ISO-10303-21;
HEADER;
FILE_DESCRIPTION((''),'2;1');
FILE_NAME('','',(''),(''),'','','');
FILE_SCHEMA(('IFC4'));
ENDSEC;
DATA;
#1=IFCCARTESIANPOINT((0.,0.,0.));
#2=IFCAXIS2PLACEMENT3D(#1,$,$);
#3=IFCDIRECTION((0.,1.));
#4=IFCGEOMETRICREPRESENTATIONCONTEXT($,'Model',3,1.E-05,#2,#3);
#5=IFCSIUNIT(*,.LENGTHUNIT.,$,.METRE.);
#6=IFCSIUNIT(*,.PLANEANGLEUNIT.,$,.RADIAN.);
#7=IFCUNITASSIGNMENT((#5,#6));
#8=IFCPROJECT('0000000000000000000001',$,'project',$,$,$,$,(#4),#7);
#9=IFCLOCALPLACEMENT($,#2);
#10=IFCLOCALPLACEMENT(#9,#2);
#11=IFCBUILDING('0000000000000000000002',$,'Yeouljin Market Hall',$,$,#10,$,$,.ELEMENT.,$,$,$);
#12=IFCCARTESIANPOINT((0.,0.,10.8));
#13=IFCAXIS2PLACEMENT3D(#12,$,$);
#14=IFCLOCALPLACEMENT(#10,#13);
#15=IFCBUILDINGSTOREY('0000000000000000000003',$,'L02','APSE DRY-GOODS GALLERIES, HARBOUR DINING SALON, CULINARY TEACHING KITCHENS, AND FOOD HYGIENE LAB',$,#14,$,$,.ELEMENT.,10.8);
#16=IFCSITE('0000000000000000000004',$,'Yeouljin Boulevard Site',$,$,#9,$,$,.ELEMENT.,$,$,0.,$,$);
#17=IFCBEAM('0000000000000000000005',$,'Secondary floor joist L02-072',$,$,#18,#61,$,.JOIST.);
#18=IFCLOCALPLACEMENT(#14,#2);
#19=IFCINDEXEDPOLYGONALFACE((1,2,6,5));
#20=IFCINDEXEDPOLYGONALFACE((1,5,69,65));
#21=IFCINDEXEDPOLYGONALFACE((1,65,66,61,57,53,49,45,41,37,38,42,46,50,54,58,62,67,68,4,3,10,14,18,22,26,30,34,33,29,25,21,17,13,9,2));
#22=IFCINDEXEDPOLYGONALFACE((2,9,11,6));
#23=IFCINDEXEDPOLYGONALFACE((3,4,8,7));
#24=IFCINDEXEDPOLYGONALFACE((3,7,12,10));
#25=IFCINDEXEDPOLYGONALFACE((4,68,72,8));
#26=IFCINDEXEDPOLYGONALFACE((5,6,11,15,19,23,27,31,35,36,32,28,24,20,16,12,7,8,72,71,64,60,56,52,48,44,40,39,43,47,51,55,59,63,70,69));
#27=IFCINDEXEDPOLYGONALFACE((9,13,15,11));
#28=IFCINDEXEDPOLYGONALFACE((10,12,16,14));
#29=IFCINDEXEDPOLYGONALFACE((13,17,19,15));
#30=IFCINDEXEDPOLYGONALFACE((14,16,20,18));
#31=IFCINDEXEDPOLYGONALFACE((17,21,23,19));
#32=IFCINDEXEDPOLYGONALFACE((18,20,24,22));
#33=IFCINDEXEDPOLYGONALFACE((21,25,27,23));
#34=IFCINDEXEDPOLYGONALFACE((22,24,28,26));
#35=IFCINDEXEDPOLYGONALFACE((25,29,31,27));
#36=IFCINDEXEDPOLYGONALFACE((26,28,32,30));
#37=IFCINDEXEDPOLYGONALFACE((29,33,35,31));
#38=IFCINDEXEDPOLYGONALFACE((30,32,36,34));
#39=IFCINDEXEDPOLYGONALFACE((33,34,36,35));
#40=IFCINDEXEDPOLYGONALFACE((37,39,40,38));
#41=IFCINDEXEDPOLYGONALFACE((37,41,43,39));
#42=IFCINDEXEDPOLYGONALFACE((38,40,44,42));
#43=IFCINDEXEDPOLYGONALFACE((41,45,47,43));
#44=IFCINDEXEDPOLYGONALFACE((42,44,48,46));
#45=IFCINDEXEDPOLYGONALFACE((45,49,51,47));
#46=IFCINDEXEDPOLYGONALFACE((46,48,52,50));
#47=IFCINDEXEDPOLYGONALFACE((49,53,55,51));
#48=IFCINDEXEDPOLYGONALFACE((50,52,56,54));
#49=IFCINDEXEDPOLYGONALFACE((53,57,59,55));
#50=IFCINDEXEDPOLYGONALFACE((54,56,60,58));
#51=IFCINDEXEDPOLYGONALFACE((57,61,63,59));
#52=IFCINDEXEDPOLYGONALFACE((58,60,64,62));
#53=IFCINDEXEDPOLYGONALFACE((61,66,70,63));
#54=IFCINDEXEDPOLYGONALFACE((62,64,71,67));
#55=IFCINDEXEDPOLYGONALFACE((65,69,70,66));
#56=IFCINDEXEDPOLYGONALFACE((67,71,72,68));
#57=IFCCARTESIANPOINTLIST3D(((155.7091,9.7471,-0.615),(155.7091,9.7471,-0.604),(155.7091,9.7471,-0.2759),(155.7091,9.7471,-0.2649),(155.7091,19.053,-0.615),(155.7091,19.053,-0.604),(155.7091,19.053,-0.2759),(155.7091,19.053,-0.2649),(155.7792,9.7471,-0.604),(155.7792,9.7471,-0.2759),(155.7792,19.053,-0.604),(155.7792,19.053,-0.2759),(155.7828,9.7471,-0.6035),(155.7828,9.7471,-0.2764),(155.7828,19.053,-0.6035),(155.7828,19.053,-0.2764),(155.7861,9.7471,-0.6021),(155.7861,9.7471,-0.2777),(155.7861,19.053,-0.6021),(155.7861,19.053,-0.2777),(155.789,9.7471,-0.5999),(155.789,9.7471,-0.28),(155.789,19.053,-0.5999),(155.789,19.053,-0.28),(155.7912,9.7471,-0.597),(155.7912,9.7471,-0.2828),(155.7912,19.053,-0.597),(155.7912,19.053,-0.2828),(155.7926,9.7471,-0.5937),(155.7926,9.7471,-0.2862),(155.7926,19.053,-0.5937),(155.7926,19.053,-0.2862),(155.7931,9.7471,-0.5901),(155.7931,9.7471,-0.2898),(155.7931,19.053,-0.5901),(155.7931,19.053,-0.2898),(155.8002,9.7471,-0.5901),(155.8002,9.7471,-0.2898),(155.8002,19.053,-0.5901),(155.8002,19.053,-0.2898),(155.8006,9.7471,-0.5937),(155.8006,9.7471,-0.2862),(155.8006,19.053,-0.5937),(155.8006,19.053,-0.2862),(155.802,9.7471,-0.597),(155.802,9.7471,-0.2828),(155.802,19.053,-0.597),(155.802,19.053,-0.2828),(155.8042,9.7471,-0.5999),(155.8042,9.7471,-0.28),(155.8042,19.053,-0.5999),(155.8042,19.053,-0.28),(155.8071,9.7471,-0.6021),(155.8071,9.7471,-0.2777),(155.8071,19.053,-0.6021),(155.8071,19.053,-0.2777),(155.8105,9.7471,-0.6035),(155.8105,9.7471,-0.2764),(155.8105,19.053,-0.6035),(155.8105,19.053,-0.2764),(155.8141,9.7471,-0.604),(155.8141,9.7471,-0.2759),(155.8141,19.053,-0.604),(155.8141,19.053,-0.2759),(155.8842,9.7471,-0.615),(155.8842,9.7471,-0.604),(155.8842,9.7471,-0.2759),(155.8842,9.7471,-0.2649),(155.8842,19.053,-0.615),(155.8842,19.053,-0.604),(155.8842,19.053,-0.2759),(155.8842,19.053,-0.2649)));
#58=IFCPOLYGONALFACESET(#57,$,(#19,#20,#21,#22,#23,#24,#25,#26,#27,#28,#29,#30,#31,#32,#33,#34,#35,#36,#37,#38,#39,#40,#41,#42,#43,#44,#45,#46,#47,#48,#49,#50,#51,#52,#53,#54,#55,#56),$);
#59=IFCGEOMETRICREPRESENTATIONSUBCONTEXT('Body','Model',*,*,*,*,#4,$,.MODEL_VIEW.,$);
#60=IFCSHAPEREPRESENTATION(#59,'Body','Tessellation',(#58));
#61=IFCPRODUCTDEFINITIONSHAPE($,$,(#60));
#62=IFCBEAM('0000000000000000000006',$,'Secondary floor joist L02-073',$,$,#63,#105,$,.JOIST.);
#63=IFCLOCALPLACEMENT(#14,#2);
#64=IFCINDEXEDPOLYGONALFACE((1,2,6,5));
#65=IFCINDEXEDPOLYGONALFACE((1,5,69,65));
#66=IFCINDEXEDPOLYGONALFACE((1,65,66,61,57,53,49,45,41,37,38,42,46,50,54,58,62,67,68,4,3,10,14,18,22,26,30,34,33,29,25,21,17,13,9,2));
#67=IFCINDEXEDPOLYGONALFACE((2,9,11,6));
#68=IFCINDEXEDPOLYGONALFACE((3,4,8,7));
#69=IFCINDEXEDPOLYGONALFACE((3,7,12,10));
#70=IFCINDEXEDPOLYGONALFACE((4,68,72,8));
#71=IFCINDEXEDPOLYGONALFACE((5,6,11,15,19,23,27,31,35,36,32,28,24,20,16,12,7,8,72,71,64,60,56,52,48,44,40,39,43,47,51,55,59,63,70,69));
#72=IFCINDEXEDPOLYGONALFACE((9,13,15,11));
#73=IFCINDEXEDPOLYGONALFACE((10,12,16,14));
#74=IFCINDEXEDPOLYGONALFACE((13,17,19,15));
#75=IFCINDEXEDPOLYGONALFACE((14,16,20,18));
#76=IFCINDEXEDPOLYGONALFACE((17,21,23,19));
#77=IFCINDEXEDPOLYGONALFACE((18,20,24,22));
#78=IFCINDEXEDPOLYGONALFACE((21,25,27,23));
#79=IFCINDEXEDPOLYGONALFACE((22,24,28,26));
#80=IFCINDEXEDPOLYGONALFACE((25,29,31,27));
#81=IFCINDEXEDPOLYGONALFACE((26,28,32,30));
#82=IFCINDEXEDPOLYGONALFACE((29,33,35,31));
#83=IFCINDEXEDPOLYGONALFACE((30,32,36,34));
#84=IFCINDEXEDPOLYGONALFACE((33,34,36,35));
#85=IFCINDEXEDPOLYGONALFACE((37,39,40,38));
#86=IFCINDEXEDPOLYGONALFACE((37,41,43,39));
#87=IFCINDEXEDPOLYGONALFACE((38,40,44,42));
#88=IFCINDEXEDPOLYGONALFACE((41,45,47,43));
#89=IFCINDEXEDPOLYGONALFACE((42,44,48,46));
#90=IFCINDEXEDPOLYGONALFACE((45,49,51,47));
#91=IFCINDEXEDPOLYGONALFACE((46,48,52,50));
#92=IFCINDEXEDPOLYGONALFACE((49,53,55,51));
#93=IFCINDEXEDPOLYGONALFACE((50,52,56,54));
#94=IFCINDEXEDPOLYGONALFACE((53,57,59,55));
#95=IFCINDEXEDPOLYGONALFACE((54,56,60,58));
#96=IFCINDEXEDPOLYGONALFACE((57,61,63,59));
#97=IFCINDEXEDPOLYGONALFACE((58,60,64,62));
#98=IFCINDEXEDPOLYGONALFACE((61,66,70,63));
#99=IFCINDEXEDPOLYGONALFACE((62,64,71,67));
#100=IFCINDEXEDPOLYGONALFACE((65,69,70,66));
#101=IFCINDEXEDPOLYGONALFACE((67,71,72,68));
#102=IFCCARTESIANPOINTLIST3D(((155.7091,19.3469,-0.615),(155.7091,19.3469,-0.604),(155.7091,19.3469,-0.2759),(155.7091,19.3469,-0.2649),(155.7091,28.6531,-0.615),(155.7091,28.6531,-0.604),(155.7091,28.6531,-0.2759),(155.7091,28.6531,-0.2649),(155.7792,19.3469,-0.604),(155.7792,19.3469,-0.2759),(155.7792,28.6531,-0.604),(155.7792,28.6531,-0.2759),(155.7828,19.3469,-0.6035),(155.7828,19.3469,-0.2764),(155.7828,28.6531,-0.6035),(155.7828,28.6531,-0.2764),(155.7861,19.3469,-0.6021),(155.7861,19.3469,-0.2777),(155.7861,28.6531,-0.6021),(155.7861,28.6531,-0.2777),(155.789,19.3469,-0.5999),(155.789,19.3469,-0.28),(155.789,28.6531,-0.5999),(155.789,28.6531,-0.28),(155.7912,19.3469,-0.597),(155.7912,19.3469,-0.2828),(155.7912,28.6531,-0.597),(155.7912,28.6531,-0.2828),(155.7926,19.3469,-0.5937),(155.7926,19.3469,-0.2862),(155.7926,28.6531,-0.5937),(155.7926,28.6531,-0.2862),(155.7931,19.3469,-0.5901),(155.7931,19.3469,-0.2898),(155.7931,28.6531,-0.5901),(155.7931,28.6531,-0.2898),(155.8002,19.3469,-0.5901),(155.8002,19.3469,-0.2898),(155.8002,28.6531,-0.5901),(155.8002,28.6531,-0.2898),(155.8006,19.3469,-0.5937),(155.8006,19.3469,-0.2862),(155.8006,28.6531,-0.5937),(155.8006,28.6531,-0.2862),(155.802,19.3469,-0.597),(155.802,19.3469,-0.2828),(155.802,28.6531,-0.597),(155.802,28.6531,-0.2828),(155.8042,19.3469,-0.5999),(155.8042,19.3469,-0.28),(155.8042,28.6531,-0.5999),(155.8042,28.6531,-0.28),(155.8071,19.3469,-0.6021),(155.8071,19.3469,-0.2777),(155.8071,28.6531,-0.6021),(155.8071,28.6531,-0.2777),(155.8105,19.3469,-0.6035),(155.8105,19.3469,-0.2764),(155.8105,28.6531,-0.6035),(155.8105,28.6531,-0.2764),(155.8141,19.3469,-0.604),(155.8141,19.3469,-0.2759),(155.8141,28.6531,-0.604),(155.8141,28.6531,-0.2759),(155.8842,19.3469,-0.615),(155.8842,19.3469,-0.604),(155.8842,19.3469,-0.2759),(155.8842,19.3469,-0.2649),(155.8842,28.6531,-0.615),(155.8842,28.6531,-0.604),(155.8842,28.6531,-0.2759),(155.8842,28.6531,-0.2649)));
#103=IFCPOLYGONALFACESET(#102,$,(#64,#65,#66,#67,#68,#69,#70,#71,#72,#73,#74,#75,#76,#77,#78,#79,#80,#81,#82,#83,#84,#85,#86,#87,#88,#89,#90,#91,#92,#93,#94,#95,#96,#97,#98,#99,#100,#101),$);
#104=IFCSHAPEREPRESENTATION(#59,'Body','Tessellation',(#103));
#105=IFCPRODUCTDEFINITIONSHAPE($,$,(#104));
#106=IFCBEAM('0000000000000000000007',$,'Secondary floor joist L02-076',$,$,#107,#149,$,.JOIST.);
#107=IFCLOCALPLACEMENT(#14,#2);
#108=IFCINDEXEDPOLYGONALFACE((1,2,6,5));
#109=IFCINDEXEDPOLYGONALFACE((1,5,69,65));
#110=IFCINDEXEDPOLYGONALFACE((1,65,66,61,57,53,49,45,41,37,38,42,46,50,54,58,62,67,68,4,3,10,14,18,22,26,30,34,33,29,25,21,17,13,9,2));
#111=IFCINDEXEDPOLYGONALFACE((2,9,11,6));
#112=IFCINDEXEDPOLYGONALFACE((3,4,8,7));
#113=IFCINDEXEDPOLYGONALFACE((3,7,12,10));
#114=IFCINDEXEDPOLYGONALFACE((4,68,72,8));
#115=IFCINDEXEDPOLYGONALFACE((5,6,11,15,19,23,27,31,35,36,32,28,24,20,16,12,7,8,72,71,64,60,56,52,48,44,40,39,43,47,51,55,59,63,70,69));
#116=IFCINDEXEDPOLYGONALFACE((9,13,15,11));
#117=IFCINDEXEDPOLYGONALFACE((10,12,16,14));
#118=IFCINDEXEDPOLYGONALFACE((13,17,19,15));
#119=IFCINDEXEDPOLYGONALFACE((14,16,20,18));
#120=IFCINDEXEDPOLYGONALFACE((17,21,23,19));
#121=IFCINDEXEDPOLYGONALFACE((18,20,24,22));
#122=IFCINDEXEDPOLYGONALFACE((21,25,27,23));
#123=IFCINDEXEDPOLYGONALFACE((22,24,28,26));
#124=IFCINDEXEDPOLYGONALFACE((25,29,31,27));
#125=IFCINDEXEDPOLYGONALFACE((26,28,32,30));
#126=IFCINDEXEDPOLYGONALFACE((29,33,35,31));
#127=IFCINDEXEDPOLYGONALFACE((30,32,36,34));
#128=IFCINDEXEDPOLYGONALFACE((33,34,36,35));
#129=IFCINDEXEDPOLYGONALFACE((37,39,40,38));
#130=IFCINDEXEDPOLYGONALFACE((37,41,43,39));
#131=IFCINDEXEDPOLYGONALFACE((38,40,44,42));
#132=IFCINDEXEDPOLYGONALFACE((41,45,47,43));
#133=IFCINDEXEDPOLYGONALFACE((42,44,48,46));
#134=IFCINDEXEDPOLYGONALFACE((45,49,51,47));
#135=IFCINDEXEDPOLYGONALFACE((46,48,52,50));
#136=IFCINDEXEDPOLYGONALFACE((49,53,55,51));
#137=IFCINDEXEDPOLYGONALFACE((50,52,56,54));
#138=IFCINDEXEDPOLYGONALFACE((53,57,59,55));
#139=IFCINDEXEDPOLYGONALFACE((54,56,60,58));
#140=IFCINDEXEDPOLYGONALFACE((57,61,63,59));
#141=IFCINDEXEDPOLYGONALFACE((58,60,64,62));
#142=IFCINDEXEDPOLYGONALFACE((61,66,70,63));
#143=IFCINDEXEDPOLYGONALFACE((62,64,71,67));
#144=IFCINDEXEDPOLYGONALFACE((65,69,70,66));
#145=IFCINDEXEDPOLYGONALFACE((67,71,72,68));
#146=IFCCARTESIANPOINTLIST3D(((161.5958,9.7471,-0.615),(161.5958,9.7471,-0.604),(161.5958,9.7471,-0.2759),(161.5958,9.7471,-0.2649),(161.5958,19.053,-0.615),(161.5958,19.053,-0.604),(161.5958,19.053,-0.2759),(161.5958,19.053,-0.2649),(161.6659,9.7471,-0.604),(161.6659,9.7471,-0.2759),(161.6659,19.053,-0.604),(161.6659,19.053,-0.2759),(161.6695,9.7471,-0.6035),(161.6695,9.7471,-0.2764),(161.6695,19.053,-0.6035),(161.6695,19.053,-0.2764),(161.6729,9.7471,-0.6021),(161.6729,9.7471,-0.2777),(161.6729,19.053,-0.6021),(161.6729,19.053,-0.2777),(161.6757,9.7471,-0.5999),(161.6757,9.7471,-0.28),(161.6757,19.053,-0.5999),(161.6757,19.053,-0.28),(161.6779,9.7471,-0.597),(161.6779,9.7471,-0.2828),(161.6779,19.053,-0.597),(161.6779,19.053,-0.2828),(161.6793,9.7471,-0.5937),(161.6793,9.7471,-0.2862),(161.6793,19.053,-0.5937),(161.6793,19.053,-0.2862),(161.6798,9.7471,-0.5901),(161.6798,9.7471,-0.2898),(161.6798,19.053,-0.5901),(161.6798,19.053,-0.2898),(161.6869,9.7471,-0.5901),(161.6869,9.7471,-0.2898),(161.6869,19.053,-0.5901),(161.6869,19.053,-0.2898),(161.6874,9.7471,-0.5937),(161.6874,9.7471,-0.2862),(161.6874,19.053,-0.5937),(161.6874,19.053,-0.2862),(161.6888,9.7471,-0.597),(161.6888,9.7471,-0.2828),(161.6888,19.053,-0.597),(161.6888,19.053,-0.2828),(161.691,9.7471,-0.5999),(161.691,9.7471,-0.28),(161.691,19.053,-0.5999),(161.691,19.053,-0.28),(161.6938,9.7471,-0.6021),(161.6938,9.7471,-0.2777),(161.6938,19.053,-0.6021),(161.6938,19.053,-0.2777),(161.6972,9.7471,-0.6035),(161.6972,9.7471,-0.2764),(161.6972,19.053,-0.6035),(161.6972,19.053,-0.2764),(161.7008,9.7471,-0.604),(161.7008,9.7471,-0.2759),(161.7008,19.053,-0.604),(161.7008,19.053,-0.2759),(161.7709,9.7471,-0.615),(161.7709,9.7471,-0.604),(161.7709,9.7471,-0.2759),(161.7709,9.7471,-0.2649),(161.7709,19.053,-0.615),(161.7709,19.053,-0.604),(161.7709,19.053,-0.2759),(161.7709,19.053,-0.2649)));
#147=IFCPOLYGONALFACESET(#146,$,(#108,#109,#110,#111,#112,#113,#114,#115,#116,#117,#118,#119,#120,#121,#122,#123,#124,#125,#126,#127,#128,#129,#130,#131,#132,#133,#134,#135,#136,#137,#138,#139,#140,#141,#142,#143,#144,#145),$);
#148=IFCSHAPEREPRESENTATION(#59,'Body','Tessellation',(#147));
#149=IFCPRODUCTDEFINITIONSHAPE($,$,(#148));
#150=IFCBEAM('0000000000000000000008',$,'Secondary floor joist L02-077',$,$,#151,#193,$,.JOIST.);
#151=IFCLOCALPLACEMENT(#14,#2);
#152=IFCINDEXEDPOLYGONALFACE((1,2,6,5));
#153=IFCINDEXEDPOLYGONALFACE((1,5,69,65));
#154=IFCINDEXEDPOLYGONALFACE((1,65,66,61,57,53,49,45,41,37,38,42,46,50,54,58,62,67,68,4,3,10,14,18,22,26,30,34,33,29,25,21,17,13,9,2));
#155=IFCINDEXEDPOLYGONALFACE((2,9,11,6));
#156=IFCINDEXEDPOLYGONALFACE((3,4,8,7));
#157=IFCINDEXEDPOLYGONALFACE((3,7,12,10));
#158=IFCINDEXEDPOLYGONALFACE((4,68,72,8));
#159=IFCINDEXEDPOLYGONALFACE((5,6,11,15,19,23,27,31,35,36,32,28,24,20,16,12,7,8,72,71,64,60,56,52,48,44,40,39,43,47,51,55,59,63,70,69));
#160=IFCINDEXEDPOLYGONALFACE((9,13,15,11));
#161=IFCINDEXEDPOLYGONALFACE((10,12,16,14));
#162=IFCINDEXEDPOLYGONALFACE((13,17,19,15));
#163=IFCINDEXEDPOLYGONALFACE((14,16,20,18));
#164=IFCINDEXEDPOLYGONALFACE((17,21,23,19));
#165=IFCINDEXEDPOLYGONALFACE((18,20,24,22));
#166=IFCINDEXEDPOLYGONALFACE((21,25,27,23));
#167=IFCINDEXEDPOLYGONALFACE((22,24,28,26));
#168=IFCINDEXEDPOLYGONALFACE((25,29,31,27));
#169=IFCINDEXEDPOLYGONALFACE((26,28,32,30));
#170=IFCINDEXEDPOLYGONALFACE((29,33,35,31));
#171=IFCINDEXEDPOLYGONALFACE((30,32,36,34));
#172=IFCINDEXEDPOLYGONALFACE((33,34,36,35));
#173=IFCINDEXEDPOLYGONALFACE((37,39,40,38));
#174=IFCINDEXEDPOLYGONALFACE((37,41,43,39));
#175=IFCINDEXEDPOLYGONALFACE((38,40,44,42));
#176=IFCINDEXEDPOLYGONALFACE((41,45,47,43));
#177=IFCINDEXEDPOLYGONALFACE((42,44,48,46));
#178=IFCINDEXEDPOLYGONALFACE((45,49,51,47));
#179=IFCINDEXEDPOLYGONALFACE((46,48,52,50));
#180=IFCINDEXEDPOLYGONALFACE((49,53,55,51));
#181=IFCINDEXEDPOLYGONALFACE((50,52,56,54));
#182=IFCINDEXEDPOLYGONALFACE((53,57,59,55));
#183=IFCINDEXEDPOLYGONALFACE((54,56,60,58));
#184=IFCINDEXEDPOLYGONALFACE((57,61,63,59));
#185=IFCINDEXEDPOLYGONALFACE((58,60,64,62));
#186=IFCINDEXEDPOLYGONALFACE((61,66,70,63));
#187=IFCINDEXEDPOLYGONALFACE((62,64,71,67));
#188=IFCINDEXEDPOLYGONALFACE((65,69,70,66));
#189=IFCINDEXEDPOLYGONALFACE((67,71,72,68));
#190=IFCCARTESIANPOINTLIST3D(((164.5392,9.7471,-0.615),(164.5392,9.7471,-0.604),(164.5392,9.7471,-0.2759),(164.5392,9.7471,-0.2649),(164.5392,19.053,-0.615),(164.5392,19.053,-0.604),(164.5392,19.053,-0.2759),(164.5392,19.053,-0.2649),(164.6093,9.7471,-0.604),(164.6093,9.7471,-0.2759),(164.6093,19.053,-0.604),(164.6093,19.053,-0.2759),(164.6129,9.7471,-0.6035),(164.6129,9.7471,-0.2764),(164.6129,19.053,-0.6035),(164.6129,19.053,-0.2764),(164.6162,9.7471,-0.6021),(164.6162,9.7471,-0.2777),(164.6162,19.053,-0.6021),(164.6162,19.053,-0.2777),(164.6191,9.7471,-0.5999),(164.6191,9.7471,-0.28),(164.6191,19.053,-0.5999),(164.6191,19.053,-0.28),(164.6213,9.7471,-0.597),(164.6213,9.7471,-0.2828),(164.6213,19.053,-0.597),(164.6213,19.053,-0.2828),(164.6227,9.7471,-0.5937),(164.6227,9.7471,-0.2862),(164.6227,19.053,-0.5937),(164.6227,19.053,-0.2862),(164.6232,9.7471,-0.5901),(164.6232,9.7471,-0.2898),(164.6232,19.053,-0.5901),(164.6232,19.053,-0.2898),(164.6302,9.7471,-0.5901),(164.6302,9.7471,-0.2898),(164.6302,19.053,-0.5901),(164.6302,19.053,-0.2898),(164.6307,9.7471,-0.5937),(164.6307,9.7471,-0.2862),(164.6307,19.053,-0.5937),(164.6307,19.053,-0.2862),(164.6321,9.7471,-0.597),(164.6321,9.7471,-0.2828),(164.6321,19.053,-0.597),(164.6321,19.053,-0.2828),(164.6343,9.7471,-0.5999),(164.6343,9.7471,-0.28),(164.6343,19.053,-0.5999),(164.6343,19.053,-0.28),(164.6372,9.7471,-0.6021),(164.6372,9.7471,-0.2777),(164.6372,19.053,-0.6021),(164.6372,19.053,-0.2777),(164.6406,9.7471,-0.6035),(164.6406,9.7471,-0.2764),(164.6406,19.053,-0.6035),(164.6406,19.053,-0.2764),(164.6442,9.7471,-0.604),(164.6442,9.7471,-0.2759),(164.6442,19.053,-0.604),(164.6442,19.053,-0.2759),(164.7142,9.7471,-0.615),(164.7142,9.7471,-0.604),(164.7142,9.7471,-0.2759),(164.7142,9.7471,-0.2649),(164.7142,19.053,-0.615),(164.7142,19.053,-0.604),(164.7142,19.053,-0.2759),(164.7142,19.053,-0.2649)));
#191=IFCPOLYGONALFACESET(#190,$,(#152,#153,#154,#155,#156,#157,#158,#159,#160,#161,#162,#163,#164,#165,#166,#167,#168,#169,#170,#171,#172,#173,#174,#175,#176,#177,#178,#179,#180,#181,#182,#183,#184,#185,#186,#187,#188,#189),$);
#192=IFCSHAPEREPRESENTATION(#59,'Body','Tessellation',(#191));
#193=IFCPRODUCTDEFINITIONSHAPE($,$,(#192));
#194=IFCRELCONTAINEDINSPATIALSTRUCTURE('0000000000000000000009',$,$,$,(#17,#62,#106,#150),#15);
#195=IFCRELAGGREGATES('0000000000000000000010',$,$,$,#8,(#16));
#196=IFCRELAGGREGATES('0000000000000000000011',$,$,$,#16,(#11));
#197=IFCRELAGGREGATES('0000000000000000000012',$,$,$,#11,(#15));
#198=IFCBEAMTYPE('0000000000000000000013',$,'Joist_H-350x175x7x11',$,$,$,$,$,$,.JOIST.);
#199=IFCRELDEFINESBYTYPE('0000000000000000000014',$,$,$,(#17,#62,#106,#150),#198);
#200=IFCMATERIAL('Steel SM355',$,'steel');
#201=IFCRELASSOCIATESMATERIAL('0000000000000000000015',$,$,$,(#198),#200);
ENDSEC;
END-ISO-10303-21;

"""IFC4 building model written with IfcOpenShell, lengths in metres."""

from ifc_helpers import new_model, si_unit, direction, frame, origin, origin_2d, place, context, subcontext, project, spatial, i_section, extrude, material, material_profile, profile_set, type_object, element, save


model = new_model("IFC4")

# Units and contexts
model_context = context("Model", 3, precision=1e-05, world=origin(), true_north=direction((0.0, 1.0)))
body_context = subcontext(model_context, "Body", "Model", "MODEL_VIEW")
ifc_project = project(units=[si_unit("LENGTHUNIT", "METRE"), si_unit("PLANEANGLEUNIT", "RADIAN")], contexts=[model_context])

# Site, building, storey
site_placement = place(None, origin())
site = spatial("IfcSite", under=ifc_project, at=site_placement, Name="Yeouljin Boulevard Site", CompositionType="ELEMENT", RefElevation=0.0)
building_placement = place(site_placement, origin())
building = spatial("IfcBuilding", under=site, at=building_placement, Name="Yeouljin Market Hall", CompositionType="ELEMENT")
storey_placement = place(building_placement, frame((0.0, 0.0, 10.8)))
storey = spatial("IfcBuildingStorey", under=building, at=storey_placement, Name="L02", Description="APSE DRY-GOODS GALLERIES, HARBOUR DINING SALON, CULINARY TEACHING KITCHENS, AND FOOD HYGIENE LAB", CompositionType="ELEMENT", Elevation=10.8)

# Beams
ifc_material_1 = material(Name="Steel SM355", Category="steel")
ifc_material_profile_1 = material_profile(ifc_material_1, i_section(OverallWidth=0.175, OverallDepth=0.3501, WebThickness=0.0071, FlangeThickness=0.011, FilletRadius=0.0139, at=origin_2d()), Name="H-350x175x7x11")
ifc_profile_set_1 = profile_set([ifc_material_profile_1], Name="Steel SM355")
beam_type_1 = type_object("IfcBeamType", Name="Joist_H-350x175x7x11", PredefinedType="JOIST", material=ifc_profile_set_1)
beam_1_placement = place(storey_placement, frame((155.7966, 9.7471, -0.4399), z_axis=(0.0, 1.0, 0.0), x_axis=(-1.0, 0.0, 0.0)))
element("IfcBeam", 1, at=beam_1_placement, inside=storey, type_object=beam_type_1, Name="Secondary floor joist L02-072", PredefinedType="JOIST", context=body_context, shape_type="SweptSolid", body=[
    extrude(i_section(OverallWidth=0.175, OverallDepth=0.3501, WebThickness=0.0071, FlangeThickness=0.011, FilletRadius=0.0139, at=origin_2d()), origin(), (0.0, 0.0, 1.0), 9.3059),
])
beam_2_placement = place(storey_placement, frame((155.7966, 19.3469, -0.4399), z_axis=(0.0, 1.0, 0.0), x_axis=(-1.0, 0.0, 0.0)))
element("IfcBeam", 2, at=beam_2_placement, inside=storey, type_object=beam_type_1, Name="Secondary floor joist L02-073", PredefinedType="JOIST", context=body_context, shape_type="SweptSolid", body=[
    extrude(i_section(OverallWidth=0.175, OverallDepth=0.3501, WebThickness=0.0071, FlangeThickness=0.011, FilletRadius=0.0139, at=origin_2d()), origin(), (0.0, 0.0, 1.0), 9.3062),
])
for number, where, z_axis, x_axis, name in (
    (3, (161.6833, 9.7471, -0.4399), (0.0, 1.0, 0.0), (-1.0, 0.0, 0.0), "Secondary floor joist L02-076"),
    (4, (164.6267, 9.7471, -0.4399), (0.0, 1.0, 0.0), (-1.0, 0.0, 0.0), "Secondary floor joist L02-077"),
):
    element("IfcBeam", number, at=place(storey_placement, frame(where, z_axis=z_axis, x_axis=x_axis)), inside=storey, type_object=beam_type_1, Name=name, PredefinedType="JOIST", context=body_context, shape_type="SweptSolid", body=[
        extrude(i_section(OverallWidth=0.175, OverallDepth=0.3501, WebThickness=0.0071, FlangeThickness=0.011, FilletRadius=0.0139, at=origin_2d()), origin(), (0.0, 0.0, 1.0), 9.3059),
    ])

save(model, "model.ifc")
